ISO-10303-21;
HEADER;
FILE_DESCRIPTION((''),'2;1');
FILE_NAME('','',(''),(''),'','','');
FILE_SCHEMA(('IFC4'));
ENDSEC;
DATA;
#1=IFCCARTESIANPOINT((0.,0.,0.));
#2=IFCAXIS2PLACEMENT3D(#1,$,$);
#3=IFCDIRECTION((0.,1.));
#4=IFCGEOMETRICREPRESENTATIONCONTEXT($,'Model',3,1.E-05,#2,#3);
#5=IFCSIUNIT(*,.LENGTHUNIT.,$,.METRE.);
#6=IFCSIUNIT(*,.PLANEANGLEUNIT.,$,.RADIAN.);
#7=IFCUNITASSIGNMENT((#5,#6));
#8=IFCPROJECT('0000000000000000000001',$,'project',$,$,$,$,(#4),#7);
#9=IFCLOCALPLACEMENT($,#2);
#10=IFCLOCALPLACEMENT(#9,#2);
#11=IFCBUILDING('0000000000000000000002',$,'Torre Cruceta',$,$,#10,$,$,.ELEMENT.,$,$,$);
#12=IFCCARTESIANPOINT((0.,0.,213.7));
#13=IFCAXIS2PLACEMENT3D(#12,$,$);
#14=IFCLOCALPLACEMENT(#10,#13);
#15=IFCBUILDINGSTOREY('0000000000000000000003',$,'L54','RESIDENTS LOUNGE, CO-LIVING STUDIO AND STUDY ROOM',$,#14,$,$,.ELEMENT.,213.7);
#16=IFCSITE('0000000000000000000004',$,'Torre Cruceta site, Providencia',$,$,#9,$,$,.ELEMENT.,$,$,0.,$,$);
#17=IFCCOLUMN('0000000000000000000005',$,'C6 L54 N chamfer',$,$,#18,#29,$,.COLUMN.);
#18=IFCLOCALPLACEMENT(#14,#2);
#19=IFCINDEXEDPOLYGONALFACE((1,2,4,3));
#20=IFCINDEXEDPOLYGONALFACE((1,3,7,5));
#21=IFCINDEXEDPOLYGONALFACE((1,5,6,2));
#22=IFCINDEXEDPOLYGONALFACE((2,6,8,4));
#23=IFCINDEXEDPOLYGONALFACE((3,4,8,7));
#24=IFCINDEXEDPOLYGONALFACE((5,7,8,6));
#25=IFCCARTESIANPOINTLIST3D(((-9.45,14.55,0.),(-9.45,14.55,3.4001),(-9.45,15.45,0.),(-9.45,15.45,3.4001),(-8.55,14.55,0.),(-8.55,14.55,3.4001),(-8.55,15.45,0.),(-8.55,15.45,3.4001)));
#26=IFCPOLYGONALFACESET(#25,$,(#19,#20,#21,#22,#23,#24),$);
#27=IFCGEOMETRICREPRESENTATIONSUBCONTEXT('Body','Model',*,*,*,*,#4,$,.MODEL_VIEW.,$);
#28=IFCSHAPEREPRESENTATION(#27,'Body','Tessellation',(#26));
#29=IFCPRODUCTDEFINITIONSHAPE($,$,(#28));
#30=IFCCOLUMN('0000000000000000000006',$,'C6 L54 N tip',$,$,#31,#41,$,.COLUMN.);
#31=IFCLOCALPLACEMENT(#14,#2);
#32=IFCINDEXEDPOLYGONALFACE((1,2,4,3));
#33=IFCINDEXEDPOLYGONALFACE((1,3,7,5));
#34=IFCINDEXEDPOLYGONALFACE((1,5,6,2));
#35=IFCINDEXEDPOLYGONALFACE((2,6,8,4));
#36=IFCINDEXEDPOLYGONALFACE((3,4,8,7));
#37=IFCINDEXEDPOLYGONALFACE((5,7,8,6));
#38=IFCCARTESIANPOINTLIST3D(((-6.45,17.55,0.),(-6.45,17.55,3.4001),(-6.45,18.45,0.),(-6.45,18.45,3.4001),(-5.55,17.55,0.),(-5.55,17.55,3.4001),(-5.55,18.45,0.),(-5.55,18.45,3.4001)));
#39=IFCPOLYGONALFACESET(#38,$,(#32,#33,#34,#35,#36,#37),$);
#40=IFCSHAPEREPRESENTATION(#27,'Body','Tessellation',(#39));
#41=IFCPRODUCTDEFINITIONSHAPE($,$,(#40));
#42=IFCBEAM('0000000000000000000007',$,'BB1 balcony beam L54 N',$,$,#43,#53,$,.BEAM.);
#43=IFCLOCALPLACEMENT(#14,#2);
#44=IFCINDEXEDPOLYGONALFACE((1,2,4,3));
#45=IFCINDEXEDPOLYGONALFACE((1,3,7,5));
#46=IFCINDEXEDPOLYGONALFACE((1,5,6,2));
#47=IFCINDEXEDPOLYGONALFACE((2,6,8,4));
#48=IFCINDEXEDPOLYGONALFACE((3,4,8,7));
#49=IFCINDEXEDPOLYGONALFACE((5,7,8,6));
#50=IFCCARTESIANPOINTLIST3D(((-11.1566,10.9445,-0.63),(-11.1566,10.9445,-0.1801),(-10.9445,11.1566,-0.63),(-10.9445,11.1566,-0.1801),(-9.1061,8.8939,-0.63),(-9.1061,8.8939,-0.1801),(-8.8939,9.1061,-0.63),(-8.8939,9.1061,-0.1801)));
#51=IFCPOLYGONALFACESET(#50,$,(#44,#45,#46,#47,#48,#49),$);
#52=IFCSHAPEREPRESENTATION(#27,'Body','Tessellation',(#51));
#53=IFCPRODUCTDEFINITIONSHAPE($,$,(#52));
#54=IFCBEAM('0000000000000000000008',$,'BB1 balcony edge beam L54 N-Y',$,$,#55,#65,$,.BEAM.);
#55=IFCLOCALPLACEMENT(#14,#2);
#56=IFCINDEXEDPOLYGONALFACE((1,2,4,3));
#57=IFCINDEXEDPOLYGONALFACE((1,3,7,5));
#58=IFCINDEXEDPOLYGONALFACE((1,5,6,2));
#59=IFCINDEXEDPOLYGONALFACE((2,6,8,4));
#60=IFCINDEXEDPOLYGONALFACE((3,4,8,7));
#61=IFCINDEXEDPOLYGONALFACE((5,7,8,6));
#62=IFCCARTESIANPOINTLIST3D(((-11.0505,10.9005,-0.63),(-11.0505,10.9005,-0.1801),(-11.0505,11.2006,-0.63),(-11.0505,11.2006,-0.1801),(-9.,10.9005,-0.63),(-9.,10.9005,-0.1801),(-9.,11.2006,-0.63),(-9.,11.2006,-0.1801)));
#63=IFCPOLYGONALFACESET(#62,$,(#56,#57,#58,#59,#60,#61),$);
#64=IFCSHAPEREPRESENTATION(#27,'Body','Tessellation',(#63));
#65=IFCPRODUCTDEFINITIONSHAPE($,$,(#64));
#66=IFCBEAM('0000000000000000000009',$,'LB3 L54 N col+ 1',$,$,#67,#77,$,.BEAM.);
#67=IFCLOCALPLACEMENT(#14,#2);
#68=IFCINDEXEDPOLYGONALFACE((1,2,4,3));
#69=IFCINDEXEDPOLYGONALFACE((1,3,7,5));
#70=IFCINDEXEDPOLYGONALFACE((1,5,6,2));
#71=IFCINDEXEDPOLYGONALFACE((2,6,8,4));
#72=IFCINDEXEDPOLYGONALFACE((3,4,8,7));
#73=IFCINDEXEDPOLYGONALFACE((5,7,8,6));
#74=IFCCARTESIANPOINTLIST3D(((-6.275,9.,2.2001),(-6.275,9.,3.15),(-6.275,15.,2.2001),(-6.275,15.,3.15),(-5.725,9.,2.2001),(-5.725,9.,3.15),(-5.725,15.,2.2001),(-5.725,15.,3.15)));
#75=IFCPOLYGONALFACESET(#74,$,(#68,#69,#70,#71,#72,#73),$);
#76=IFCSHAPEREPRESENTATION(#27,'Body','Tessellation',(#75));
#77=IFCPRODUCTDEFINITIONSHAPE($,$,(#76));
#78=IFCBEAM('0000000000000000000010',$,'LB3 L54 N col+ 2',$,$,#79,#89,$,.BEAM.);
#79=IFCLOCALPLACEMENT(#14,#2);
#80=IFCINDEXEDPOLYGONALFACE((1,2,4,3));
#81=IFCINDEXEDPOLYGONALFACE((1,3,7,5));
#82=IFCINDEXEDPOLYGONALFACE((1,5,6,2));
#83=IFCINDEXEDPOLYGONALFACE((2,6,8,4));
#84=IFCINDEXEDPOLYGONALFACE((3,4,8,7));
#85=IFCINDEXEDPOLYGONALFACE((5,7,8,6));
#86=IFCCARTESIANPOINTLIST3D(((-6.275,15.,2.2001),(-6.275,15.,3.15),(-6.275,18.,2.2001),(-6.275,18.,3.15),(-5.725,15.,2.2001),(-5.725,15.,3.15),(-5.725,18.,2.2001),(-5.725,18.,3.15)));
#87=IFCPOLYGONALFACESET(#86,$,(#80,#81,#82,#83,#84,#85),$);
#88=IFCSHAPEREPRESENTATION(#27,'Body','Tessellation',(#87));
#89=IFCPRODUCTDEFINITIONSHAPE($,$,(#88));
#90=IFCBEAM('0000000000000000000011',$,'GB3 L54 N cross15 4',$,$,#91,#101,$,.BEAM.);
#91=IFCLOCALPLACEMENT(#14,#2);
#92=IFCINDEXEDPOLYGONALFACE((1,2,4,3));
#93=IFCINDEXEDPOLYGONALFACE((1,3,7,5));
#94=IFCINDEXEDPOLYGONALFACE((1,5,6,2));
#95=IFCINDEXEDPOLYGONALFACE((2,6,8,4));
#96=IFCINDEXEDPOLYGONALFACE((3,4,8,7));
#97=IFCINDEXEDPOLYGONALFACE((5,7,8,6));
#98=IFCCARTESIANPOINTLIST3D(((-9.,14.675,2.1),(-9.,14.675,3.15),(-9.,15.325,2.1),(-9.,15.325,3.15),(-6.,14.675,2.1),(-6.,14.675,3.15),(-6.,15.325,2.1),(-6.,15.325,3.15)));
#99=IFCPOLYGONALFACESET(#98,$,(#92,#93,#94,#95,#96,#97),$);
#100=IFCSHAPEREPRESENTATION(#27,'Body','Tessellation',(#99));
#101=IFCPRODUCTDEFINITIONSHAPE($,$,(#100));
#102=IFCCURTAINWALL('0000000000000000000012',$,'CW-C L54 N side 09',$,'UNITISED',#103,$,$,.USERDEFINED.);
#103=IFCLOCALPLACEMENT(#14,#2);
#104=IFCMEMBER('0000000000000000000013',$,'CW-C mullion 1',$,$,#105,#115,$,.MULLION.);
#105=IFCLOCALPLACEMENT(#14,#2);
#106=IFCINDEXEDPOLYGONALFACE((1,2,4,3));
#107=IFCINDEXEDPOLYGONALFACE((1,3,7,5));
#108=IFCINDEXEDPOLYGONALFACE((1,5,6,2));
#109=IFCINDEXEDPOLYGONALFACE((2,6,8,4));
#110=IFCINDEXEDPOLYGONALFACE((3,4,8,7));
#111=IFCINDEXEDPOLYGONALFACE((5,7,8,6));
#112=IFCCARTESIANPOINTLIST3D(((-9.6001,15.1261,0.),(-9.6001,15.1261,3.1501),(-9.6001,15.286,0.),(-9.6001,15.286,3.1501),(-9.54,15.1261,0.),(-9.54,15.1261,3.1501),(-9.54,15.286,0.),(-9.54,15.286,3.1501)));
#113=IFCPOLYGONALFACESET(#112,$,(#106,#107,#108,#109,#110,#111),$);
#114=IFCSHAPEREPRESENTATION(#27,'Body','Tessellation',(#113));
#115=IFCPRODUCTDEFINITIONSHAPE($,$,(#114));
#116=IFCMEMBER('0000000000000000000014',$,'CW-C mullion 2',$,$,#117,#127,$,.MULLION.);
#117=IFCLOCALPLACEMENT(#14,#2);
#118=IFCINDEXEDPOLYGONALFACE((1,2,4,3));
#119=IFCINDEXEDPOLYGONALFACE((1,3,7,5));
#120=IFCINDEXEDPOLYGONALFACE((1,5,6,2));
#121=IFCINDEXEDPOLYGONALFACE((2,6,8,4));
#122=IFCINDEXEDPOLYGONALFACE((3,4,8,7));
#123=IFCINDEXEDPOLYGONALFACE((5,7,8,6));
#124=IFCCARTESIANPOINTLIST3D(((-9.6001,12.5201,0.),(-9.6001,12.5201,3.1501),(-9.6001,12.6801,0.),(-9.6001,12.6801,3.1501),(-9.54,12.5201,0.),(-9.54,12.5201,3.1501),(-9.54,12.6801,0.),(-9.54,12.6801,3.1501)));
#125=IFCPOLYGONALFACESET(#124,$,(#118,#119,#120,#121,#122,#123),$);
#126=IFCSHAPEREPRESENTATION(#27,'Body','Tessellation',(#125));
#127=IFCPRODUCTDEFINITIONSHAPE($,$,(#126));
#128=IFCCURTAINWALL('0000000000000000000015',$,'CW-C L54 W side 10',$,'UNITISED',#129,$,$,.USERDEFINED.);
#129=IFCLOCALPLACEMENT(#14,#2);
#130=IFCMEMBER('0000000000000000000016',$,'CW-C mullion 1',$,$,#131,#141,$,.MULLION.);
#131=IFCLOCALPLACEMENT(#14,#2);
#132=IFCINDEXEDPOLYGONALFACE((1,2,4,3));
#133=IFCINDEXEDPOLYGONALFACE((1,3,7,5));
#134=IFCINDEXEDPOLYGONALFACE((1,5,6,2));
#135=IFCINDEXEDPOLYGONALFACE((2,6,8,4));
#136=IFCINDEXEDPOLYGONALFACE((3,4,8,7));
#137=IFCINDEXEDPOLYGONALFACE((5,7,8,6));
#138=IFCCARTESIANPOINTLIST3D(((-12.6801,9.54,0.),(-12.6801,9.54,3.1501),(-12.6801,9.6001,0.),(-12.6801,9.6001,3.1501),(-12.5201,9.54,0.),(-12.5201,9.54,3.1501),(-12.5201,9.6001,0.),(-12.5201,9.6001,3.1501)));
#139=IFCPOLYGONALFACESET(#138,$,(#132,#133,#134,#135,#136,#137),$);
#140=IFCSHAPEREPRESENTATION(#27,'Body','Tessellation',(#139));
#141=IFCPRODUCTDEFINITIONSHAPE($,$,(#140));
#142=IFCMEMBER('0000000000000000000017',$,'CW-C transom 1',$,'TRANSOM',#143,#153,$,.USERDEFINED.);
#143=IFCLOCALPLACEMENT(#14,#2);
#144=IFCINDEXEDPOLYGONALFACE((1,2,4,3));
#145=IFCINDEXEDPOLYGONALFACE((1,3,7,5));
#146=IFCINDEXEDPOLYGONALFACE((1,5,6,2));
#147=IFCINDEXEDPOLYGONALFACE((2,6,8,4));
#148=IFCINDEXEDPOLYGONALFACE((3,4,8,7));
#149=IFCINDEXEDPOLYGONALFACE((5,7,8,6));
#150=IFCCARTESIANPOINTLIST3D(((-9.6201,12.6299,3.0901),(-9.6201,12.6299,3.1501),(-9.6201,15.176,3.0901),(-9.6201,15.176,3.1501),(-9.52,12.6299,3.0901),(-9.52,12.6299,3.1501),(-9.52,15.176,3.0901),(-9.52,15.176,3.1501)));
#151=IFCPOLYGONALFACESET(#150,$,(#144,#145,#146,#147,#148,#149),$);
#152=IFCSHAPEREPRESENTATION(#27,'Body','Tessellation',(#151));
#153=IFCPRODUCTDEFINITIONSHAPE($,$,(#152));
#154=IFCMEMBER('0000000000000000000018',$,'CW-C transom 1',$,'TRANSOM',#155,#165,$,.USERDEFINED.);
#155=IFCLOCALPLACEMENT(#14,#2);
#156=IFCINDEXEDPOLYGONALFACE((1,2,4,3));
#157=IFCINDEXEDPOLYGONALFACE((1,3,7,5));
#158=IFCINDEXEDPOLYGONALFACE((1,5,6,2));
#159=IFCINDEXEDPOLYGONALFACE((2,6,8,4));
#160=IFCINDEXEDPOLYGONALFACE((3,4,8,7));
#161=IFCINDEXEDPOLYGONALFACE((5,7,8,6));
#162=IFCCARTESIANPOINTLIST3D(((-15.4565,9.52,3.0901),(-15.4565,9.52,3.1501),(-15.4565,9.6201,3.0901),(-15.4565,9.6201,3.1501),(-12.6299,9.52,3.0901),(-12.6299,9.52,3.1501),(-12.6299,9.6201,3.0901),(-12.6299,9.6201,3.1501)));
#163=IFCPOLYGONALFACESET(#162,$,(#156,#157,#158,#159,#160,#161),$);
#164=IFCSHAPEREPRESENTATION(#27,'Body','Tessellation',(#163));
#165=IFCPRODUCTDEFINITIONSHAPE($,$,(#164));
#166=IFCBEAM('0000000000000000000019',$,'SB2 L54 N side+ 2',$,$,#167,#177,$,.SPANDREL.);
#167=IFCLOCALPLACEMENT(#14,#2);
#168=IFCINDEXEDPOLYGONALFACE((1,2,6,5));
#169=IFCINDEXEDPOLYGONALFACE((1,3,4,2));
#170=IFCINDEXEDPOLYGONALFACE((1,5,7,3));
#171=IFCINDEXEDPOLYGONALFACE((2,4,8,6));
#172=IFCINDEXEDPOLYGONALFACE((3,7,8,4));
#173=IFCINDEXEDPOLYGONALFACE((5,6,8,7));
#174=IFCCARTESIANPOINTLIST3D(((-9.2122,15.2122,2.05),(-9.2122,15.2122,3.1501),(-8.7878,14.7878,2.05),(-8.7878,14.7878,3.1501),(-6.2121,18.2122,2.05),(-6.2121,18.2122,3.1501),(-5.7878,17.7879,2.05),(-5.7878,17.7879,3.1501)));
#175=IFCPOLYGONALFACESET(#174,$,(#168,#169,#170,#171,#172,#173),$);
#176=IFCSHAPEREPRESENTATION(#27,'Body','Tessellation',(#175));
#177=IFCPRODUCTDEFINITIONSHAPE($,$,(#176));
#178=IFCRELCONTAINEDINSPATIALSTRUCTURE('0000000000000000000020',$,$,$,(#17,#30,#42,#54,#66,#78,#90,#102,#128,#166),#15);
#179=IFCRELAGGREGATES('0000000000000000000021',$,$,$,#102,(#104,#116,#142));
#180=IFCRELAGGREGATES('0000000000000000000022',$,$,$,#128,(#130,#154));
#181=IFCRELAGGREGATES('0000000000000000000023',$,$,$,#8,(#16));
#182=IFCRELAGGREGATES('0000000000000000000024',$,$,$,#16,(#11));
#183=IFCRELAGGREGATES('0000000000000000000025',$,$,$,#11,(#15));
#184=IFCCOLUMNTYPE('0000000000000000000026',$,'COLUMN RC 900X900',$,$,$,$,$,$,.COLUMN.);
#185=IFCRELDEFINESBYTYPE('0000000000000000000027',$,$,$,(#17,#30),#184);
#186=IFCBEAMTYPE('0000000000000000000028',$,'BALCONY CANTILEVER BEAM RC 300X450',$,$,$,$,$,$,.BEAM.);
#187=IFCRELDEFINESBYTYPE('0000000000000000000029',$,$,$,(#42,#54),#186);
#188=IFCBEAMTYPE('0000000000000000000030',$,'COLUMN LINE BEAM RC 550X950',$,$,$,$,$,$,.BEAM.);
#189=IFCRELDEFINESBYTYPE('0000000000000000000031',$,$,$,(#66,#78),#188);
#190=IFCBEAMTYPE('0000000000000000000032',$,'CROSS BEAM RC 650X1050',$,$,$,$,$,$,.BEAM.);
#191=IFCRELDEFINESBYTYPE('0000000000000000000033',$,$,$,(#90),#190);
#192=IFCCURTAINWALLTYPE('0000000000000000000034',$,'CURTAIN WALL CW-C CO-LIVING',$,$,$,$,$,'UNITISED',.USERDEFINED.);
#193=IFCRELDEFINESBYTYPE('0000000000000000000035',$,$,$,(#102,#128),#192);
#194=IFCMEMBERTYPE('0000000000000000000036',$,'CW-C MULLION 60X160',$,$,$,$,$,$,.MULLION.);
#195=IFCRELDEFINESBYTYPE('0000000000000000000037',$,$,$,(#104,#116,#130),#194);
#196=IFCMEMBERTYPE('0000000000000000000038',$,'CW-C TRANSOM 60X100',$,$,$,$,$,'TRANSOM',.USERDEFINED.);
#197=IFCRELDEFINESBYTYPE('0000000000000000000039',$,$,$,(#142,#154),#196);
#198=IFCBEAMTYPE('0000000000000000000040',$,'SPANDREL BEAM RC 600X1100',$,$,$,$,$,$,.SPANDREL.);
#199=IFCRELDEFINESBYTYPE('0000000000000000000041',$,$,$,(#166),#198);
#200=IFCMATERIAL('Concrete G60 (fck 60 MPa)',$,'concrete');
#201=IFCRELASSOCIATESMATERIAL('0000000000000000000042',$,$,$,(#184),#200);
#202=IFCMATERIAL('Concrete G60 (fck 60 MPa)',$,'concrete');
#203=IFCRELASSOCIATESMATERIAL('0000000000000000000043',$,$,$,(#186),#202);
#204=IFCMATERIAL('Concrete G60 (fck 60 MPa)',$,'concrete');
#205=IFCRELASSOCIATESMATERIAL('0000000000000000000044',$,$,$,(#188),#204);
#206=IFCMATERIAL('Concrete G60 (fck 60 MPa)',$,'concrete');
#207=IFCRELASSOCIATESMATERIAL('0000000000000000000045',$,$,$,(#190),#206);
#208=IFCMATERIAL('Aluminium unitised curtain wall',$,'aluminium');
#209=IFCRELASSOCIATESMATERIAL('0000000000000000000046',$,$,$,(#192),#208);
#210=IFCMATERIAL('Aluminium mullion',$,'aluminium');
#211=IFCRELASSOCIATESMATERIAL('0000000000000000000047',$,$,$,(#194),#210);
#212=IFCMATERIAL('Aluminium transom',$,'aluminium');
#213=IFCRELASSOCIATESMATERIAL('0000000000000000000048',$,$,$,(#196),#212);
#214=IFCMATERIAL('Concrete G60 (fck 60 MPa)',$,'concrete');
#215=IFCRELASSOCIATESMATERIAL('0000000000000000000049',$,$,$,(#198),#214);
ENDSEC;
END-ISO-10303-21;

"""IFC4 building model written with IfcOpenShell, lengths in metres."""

from ifc_helpers import new_model, si_unit, direction, frame, origin, origin_2d, place, context, subcontext, project, spatial, rectangle, extrude, material, material_profile, profile_set, type_object, element, aggregate, save


model = new_model("IFC4")

# Units and contexts
model_context = context("Model", 3, precision=1e-05, world=origin(), true_north=direction((0.0, 1.0)))
body_context = subcontext(model_context, "Body", "Model", "MODEL_VIEW")
ifc_project = project(units=[si_unit("LENGTHUNIT", "METRE"), si_unit("PLANEANGLEUNIT", "RADIAN")], contexts=[model_context])

# Site, building, storey
site_placement = place(None, origin())
site = spatial("IfcSite", under=ifc_project, at=site_placement, Name="Torre Cruceta site, Providencia", CompositionType="ELEMENT", RefElevation=0.0)
building_placement = place(site_placement, origin())
building = spatial("IfcBuilding", under=site, at=building_placement, Name="Torre Cruceta", CompositionType="ELEMENT")
storey_placement = place(building_placement, frame((0.0, 0.0, 213.7)))
storey = spatial("IfcBuildingStorey", under=building, at=storey_placement, Name="L54", Description="RESIDENTS LOUNGE, CO-LIVING STUDIO AND STUDY ROOM", CompositionType="ELEMENT", Elevation=213.7)

# Columns
ifc_material_1 = material(Name="Concrete G60 (fck 60 MPa)", Category="concrete")
ifc_material_profile_1 = material_profile(ifc_material_1, rectangle(XDim=0.8999, YDim=0.8999, at=origin_2d()), Name="RC 900X900")
ifc_profile_set_1 = profile_set([ifc_material_profile_1], Name="Concrete G60 (fck 60 MPa)")
column_type = type_object("IfcColumnType", Name="COLUMN RC 900X900", PredefinedType="COLUMN", material=ifc_profile_set_1)
for number, where, z_axis, x_axis, name in (
    (1, (-9.0, 15.0, 0.0), (0.0, 0.0, 1.0), (1.0, 0.0, 0.0), "C6 L54 N chamfer"),
    (2, (-6.0, 18.0, 0.0), (0.0, 0.0, 1.0), (1.0, 0.0, 0.0), "C6 L54 N tip"),
):
    element("IfcColumn", number, at=place(storey_placement, frame(where, z_axis=z_axis, x_axis=x_axis)), inside=storey, type_object=column_type, Name=name, PredefinedType="COLUMN", context=body_context, shape_type="SweptSolid", body=[
        extrude(rectangle(XDim=0.8999, YDim=0.8999, at=origin_2d()), origin(), (0.0, 0.0, 1.0), 3.4001),
    ])

# Beams
ifc_material_2 = material(Name="Concrete G60 (fck 60 MPa)", Category="concrete")
ifc_material_profile_2 = material_profile(ifc_material_2, rectangle(XDim=0.3, YDim=0.45, at=origin_2d()), Name="RC 300X450")
ifc_profile_set_2 = profile_set([ifc_material_profile_2], Name="Concrete G60 (fck 60 MPa)")
beam_type_1 = type_object("IfcBeamType", Name="BALCONY CANTILEVER BEAM RC 300X450", PredefinedType="BEAM", material=ifc_profile_set_2)
beam_1_placement = place(storey_placement, frame((-9.0, 9.0, -0.405), z_axis=(-0.707107, 0.707107, 0.0), x_axis=(-0.707107, -0.707107, 0.0)))
element("IfcBeam", 3, at=beam_1_placement, inside=storey, type_object=beam_type_1, Name="BB1 balcony beam L54 N", PredefinedType="BEAM", context=body_context, shape_type="SweptSolid", body=[
    extrude(rectangle(XDim=0.3, YDim=0.45, at=origin_2d()), origin(), (0.0, 0.0, 1.0), 2.8999),
])
beam_2_placement = place(storey_placement, frame((-9.0, 11.0505, -0.405), z_axis=(-1.0, 0.0, 0.0), x_axis=(0.0, -1.0, 0.0)))
element("IfcBeam", 4, at=beam_2_placement, inside=storey, type_object=beam_type_1, Name="BB1 balcony edge beam L54 N-Y", PredefinedType="BEAM", context=body_context, shape_type="SweptSolid", body=[
    extrude(rectangle(XDim=0.3, YDim=0.45, at=origin_2d()), origin(), (0.0, 0.0, 1.0), 2.0505),
])
ifc_material_3 = material(Name="Concrete G60 (fck 60 MPa)", Category="concrete")
ifc_material_profile_3 = material_profile(ifc_material_3, rectangle(XDim=0.55, YDim=0.95, at=origin_2d()), Name="RC 550X950")
ifc_profile_set_3 = profile_set([ifc_material_profile_3], Name="Concrete G60 (fck 60 MPa)")
beam_type_2 = type_object("IfcBeamType", Name="COLUMN LINE BEAM RC 550X950", PredefinedType="BEAM", material=ifc_profile_set_3)
beam_3_placement = place(storey_placement, frame((-6.0, 9.0, 2.675), z_axis=(0.0, 1.0, 0.0), x_axis=(-1.0, 0.0, 0.0)))
element("IfcBeam", 5, at=beam_3_placement, inside=storey, type_object=beam_type_2, Name="LB3 L54 N col+ 1", PredefinedType="BEAM", context=body_context, shape_type="SweptSolid", body=[
    extrude(rectangle(XDim=0.55, YDim=0.95, at=origin_2d()), origin(), (0.0, 0.0, 1.0), 6.0),
])
beam_4_placement = place(storey_placement, frame((-6.0, 15.0, 2.675), z_axis=(0.0, 1.0, 0.0), x_axis=(-1.0, 0.0, 0.0)))
element("IfcBeam", 6, at=beam_4_placement, inside=storey, type_object=beam_type_2, Name="LB3 L54 N col+ 2", PredefinedType="BEAM", context=body_context, shape_type="SweptSolid", body=[
    extrude(rectangle(XDim=0.55, YDim=0.95, at=origin_2d()), origin(), (0.0, 0.0, 1.0), 3.0),
])
ifc_material_4 = material(Name="Concrete G60 (fck 60 MPa)", Category="concrete")
ifc_material_profile_4 = material_profile(ifc_material_4, rectangle(XDim=0.6499, YDim=1.05, at=origin_2d()), Name="RC 650X1050")
ifc_profile_set_4 = profile_set([ifc_material_profile_4], Name="Concrete G60 (fck 60 MPa)")
beam_type_3 = type_object("IfcBeamType", Name="CROSS BEAM RC 650X1050", PredefinedType="BEAM", material=ifc_profile_set_4)
beam_5_placement = place(storey_placement, frame((-6.0, 15.0, 2.625), z_axis=(-1.0, 0.0, 0.0), x_axis=(0.0, -1.0, 0.0)))
element("IfcBeam", 7, at=beam_5_placement, inside=storey, type_object=beam_type_3, Name="GB3 L54 N cross15 4", PredefinedType="BEAM", context=body_context, shape_type="SweptSolid", body=[
    extrude(rectangle(XDim=0.6499, YDim=1.05, at=origin_2d()), origin(), (0.0, 0.0, 1.0), 3.0),
])

# Curtain wall, members
ifc_material_5 = material(Name="Aluminium unitised curtain wall", Category="aluminium")
curtain_wall_type = type_object("IfcCurtainWallType", Name="CURTAIN WALL CW-C CO-LIVING", ElementType="UNITISED", PredefinedType="USERDEFINED", material=ifc_material_5)
curtain_wall_1_placement = place(storey_placement, origin())
curtain_wall_1 = element("IfcCurtainWall", 8, at=curtain_wall_1_placement, inside=storey, type_object=curtain_wall_type, Name="CW-C L54 N side 09", ObjectType="UNITISED", PredefinedType="USERDEFINED")
ifc_material_6 = material(Name="Aluminium mullion", Category="aluminium")
ifc_material_profile_5 = material_profile(ifc_material_6, rectangle(XDim=0.0601, YDim=0.1599, at=origin_2d()), Name="AL 60X160")
ifc_profile_set_5 = profile_set([ifc_material_profile_5], Name="Aluminium mullion")
member_type_1 = type_object("IfcMemberType", Name="CW-C MULLION 60X160", PredefinedType="MULLION", material=ifc_profile_set_5)
member_1_placement = place(storey_placement, frame((-9.5701, 15.2061, 0.0), z_axis=(0.0, 0.0, 1.0), x_axis=(1.0, 0.0, 0.0)))
member_1 = element("IfcMember", 9, at=member_1_placement, type_object=member_type_1, Name="CW-C mullion 1", PredefinedType="MULLION", context=body_context, shape_type="SweptSolid", body=[
    extrude(rectangle(XDim=0.0601, YDim=0.1599, at=origin_2d()), origin(), (0.0, 0.0, 1.0), 3.1501),
])
member_2_placement = place(storey_placement, frame((-9.5701, 12.6001, 0.0), z_axis=(0.0, 0.0, 1.0), x_axis=(1.0, 0.0, 0.0)))
member_2 = element("IfcMember", 10, at=member_2_placement, type_object=member_type_1, Name="CW-C mullion 2", PredefinedType="MULLION", context=body_context, shape_type="SweptSolid", body=[
    extrude(rectangle(XDim=0.0601, YDim=0.1599, at=origin_2d()), origin(), (0.0, 0.0, 1.0), 3.1501),
])

# Curtain wall, member
curtain_wall_2_placement = place(storey_placement, origin())
curtain_wall_2 = element("IfcCurtainWall", 11, at=curtain_wall_2_placement, inside=storey, type_object=curtain_wall_type, Name="CW-C L54 W side 10", ObjectType="UNITISED", PredefinedType="USERDEFINED")
member_3_placement = place(storey_placement, frame((-12.6001, 9.5701, 0.0), z_axis=(0.0, 0.0, 1.0), x_axis=(0.0, -1.0, 0.0)))
member_3 = element("IfcMember", 12, at=member_3_placement, type_object=member_type_1, Name="CW-C mullion 1", PredefinedType="MULLION", context=body_context, shape_type="SweptSolid", body=[
    extrude(rectangle(XDim=0.0601, YDim=0.1599, at=origin_2d()), origin(), (0.0, 0.0, 1.0), 3.1501),
])

# Members
ifc_material_7 = material(Name="Aluminium transom", Category="aluminium")
ifc_material_profile_6 = material_profile(ifc_material_7, rectangle(XDim=0.1001, YDim=0.0601, at=origin_2d()), Name="AL 100X60")
ifc_profile_set_6 = profile_set([ifc_material_profile_6], Name="Aluminium transom")
member_type_2 = type_object("IfcMemberType", Name="CW-C TRANSOM 60X100", ElementType="TRANSOM", PredefinedType="USERDEFINED", material=ifc_profile_set_6)
member_4_placement = place(storey_placement, frame((-9.5701, 15.176, 3.1201), z_axis=(0.0, -1.0, 0.0), x_axis=(1.0, 0.0, 0.0)))
member_4 = element("IfcMember", 13, at=member_4_placement, type_object=member_type_2, Name="CW-C transom 1", ObjectType="TRANSOM", PredefinedType="USERDEFINED", context=body_context, shape_type="SweptSolid", body=[
    extrude(rectangle(XDim=0.1001, YDim=0.0601, at=origin_2d()), origin(), (0.0, 0.0, 1.0), 2.5461),
])
member_5_placement = place(storey_placement, frame((-12.6299, 9.5701, 3.1201), z_axis=(-1.0, 0.0, 0.0), x_axis=(0.0, -1.0, 0.0)))
member_5 = element("IfcMember", 14, at=member_5_placement, type_object=member_type_2, Name="CW-C transom 1", ObjectType="TRANSOM", PredefinedType="USERDEFINED", context=body_context, shape_type="SweptSolid", body=[
    extrude(rectangle(XDim=0.1001, YDim=0.0601, at=origin_2d()), origin(), (0.0, 0.0, 1.0), 2.8267),
])

# Beam
ifc_material_8 = material(Name="Concrete G60 (fck 60 MPa)", Category="concrete")
ifc_material_profile_7 = material_profile(ifc_material_8, rectangle(XDim=0.6001, YDim=1.1001, at=origin_2d()), Name="RC 600X1100")
ifc_profile_set_7 = profile_set([ifc_material_profile_7], Name="Concrete G60 (fck 60 MPa)")
beam_type_4 = type_object("IfcBeamType", Name="SPANDREL BEAM RC 600X1100", PredefinedType="SPANDREL", material=ifc_profile_set_7)
beam_6_placement = place(storey_placement, frame((-9.0, 15.0, 2.6001), z_axis=(0.707107, 0.707107, 0.0), x_axis=(-0.707107, 0.707107, 0.0)))
element("IfcBeam", 15, at=beam_6_placement, inside=storey, type_object=beam_type_4, Name="SB2 L54 N side+ 2", PredefinedType="SPANDREL", context=body_context, shape_type="SweptSolid", body=[
    extrude(rectangle(XDim=0.6001, YDim=1.1001, at=origin_2d()), origin(), (0.0, 0.0, 1.0), 4.2427),
])

aggregate(curtain_wall_1, [member_1, member_2, member_4])
aggregate(curtain_wall_2, [member_3, member_5])

save(model, "model.ifc")
